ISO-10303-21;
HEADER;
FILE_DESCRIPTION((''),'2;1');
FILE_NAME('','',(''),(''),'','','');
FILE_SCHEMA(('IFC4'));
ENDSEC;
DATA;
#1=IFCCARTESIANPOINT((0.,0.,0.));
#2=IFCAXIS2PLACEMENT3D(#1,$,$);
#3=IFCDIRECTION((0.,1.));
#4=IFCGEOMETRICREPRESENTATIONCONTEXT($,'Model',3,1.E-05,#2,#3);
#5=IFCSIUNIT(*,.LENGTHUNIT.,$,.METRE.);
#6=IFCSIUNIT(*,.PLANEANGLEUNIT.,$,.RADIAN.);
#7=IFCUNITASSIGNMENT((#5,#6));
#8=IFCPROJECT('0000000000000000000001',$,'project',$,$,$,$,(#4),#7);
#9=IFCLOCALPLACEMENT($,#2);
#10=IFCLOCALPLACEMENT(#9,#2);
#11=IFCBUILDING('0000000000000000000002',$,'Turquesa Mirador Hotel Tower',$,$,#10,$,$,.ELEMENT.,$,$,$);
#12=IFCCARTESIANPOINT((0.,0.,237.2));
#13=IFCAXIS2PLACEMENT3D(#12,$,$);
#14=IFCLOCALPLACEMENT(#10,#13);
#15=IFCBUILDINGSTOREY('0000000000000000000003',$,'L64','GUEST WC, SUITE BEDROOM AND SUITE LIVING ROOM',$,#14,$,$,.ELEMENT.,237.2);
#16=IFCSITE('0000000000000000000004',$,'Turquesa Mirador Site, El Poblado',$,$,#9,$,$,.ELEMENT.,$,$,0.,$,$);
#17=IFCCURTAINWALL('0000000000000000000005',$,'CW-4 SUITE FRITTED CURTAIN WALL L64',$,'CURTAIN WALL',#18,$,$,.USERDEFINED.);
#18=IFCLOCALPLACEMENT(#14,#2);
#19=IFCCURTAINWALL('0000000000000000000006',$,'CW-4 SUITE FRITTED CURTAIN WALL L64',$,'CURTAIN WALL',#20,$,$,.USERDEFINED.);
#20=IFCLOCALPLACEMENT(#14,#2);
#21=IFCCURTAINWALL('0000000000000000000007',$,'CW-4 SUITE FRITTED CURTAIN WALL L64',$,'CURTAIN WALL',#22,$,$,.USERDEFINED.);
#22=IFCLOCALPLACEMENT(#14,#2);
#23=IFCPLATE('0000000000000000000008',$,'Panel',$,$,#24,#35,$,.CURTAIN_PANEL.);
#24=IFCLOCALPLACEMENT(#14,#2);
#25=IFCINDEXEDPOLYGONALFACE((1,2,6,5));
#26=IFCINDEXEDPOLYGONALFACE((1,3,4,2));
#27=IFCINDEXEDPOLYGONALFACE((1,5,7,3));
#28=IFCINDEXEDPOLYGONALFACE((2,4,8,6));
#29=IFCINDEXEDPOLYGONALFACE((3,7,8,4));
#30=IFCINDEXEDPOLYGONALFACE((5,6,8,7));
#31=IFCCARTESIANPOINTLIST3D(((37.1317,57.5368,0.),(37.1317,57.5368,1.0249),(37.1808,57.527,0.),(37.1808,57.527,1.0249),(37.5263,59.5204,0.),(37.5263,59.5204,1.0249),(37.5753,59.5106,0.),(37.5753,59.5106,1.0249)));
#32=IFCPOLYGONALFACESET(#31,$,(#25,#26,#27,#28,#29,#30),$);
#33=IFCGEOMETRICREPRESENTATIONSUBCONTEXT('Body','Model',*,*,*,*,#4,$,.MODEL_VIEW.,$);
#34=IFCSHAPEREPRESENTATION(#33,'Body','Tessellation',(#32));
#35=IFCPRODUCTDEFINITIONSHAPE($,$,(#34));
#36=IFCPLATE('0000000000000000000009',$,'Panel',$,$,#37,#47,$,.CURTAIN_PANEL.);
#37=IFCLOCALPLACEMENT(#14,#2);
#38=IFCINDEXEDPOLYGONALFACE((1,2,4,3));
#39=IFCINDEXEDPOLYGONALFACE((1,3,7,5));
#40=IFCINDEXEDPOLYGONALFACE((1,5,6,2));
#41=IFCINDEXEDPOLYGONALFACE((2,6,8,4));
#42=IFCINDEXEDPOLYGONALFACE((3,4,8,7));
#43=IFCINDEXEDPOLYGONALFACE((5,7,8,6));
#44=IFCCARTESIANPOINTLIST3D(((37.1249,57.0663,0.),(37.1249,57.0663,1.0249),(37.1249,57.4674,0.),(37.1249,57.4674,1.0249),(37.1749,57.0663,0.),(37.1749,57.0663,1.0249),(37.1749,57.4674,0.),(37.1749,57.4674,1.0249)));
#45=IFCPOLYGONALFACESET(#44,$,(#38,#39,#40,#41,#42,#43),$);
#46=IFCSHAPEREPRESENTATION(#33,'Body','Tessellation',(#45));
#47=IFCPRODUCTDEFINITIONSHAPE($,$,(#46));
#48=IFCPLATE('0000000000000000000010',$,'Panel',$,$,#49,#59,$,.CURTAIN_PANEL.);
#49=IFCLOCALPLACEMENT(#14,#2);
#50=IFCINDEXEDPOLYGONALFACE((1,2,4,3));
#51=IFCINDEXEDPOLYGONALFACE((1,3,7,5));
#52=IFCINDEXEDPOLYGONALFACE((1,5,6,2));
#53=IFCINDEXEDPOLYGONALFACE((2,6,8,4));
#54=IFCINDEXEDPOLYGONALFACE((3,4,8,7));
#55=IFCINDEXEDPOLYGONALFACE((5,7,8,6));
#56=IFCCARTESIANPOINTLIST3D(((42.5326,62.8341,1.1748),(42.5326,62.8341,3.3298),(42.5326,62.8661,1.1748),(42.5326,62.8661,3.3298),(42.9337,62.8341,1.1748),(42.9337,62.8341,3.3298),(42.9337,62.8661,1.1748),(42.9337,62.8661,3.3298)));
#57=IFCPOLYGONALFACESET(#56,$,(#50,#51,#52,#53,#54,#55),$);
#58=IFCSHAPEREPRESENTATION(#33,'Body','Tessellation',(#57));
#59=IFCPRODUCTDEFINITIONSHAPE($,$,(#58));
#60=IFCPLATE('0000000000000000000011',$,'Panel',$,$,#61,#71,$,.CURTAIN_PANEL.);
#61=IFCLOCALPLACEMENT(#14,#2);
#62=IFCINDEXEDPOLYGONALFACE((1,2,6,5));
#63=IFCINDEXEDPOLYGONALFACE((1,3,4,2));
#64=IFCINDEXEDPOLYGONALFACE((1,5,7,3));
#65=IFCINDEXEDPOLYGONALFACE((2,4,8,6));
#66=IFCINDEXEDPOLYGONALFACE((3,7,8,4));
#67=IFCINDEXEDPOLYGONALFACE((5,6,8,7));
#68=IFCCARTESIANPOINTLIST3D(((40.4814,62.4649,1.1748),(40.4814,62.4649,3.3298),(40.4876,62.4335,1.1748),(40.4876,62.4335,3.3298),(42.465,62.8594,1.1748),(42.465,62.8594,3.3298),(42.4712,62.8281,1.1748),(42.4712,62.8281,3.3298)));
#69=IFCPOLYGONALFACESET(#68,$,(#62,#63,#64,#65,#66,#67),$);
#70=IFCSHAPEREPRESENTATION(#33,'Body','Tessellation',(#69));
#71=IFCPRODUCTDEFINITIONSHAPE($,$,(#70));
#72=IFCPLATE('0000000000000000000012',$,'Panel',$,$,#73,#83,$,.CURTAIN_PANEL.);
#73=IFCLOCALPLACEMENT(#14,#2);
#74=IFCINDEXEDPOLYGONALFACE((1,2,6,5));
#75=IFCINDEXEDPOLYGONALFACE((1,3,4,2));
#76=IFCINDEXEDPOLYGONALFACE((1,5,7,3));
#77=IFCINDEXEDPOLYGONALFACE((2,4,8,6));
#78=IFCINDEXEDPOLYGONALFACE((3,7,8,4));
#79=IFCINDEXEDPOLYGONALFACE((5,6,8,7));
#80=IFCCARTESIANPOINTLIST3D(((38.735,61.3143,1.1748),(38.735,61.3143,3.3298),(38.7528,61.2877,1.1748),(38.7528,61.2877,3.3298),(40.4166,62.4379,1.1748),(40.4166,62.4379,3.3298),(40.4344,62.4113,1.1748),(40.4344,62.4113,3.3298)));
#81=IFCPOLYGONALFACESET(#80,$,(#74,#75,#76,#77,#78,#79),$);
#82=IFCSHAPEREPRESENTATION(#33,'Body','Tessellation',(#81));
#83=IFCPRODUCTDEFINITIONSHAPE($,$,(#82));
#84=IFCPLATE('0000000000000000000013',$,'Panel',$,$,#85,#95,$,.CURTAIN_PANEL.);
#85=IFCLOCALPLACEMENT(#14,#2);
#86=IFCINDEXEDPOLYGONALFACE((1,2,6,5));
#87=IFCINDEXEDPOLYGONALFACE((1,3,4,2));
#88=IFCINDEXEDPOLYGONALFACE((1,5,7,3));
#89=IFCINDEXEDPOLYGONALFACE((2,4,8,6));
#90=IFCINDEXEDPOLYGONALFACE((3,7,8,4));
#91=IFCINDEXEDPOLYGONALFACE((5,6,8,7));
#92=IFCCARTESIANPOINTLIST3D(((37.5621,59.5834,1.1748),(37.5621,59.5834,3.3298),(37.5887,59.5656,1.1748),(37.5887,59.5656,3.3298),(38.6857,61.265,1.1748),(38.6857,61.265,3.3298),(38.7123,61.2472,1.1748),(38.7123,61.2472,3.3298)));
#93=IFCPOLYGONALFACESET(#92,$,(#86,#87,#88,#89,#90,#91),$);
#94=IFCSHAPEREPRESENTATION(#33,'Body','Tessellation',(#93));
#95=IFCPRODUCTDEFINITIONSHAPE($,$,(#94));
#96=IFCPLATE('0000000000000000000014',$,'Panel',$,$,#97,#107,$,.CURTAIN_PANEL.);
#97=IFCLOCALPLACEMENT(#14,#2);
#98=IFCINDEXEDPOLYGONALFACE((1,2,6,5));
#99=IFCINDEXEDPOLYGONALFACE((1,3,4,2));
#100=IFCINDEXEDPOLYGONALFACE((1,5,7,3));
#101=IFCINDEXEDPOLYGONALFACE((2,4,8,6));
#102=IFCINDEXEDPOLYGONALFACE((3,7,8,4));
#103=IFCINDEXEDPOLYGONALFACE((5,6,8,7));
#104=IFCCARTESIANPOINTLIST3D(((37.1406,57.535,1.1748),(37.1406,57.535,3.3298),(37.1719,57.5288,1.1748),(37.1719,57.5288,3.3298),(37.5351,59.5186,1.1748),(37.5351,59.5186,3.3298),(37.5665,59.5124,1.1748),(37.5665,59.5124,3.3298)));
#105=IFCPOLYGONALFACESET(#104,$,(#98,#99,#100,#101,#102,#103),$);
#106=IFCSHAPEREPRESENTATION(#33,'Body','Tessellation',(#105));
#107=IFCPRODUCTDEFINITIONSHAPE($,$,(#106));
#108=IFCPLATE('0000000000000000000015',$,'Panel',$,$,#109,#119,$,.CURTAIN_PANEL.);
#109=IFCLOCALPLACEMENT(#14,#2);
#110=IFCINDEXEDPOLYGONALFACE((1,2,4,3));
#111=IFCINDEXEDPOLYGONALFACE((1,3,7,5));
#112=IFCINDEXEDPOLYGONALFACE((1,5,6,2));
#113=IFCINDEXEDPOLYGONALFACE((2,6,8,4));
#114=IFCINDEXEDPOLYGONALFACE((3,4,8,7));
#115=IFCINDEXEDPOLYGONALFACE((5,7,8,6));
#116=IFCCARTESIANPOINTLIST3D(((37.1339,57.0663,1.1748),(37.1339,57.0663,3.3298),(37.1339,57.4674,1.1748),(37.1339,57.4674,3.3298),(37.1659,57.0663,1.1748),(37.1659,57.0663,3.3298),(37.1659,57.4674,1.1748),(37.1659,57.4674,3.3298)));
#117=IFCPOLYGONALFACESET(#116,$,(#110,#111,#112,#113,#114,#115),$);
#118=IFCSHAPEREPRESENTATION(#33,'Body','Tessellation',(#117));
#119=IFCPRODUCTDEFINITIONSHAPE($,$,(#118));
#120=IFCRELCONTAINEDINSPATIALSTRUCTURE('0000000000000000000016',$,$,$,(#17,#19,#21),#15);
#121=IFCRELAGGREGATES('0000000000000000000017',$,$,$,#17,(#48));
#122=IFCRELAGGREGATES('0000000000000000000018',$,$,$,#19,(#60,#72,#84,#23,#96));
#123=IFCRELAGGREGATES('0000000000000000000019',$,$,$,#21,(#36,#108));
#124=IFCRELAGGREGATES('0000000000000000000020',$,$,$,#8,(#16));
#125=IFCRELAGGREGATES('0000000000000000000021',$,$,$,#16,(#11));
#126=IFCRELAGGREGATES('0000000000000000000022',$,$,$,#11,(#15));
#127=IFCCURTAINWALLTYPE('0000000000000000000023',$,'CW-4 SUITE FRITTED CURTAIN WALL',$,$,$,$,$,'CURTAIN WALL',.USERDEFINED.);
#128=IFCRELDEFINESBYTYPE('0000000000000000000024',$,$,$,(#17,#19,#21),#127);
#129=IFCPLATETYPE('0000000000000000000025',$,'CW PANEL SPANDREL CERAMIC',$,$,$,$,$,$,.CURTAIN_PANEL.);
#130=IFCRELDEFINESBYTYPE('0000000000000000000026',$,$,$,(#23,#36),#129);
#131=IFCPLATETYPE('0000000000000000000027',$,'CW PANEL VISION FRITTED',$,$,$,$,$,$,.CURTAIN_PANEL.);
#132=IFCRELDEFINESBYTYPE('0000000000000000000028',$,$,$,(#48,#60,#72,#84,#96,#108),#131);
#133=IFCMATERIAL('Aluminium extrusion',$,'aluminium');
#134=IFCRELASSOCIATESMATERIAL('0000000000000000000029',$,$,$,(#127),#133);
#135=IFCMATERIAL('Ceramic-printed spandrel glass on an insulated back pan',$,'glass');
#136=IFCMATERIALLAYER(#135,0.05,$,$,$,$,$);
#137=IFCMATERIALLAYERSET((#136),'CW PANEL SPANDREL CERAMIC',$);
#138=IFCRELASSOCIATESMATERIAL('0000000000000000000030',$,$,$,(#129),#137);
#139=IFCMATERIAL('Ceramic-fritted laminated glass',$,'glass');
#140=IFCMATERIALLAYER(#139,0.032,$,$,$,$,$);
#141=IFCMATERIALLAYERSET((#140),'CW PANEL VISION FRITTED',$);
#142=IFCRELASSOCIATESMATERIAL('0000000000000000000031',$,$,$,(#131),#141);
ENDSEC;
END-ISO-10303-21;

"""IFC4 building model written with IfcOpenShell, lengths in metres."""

from ifc_helpers import new_model, si_unit, direction, frame, origin, origin_2d, place, context, subcontext, project, spatial, rectangle, extrude, material, layer, layer_set, type_object, element, aggregate, save


model = new_model("IFC4")

# Units and contexts
model_context = context("Model", 3, precision=1e-05, world=origin(), true_north=direction((0.0, 1.0)))
body_context = subcontext(model_context, "Body", "Model", "MODEL_VIEW")
ifc_project = project(units=[si_unit("LENGTHUNIT", "METRE"), si_unit("PLANEANGLEUNIT", "RADIAN")], contexts=[model_context])

# Site, building, storey
site_placement = place(None, origin())
site = spatial("IfcSite", under=ifc_project, at=site_placement, Name="Turquesa Mirador Site, El Poblado", CompositionType="ELEMENT", RefElevation=0.0)
building_placement = place(site_placement, origin())
building = spatial("IfcBuilding", under=site, at=building_placement, Name="Turquesa Mirador Hotel Tower", CompositionType="ELEMENT")
storey_placement = place(building_placement, frame((0.0, 0.0, 237.2)))
storey = spatial("IfcBuildingStorey", under=building, at=storey_placement, Name="L64", Description="GUEST WC, SUITE BEDROOM AND SUITE LIVING ROOM", CompositionType="ELEMENT", Elevation=237.2)

# Curtain walls
ifc_material_1 = material(Name="Aluminium extrusion", Category="aluminium")
curtain_wall_type = type_object("IfcCurtainWallType", Name="CW-4 SUITE FRITTED CURTAIN WALL", ElementType="CURTAIN WALL", PredefinedType="USERDEFINED", material=ifc_material_1)
curtain_wall_1_placement = place(storey_placement, origin())
curtain_wall_1 = element("IfcCurtainWall", 1, at=curtain_wall_1_placement, inside=storey, type_object=curtain_wall_type, Name="CW-4 SUITE FRITTED CURTAIN WALL L64", ObjectType="CURTAIN WALL", PredefinedType="USERDEFINED")
curtain_wall_2_placement = place(storey_placement, origin())
curtain_wall_2 = element("IfcCurtainWall", 2, at=curtain_wall_2_placement, inside=storey, type_object=curtain_wall_type, Name="CW-4 SUITE FRITTED CURTAIN WALL L64", ObjectType="CURTAIN WALL", PredefinedType="USERDEFINED")
curtain_wall_3_placement = place(storey_placement, origin())
curtain_wall_3 = element("IfcCurtainWall", 3, at=curtain_wall_3_placement, inside=storey, type_object=curtain_wall_type, Name="CW-4 SUITE FRITTED CURTAIN WALL L64", ObjectType="CURTAIN WALL", PredefinedType="USERDEFINED")

# Plates
ifc_material_2 = material(Name="Ceramic-printed spandrel glass on an insulated back pan", Category="glass")
ifc_layer_1 = layer(ifc_material_2, 0.05)
ifc_layer_set_1 = layer_set([ifc_layer_1], Name="CW PANEL SPANDREL CERAMIC")
plate_type_1 = type_object("IfcPlateType", Name="CW PANEL SPANDREL CERAMIC", PredefinedType="CURTAIN_PANEL", material=ifc_layer_set_1)
plate_1_placement = place(storey_placement, frame((37.3535, 58.5237, 0.0), z_axis=(0.0, 0.0, 1.0), x_axis=(-0.195091, -0.980785, 0.0)))
plate_1 = element("IfcPlate", 4, at=plate_1_placement, type_object=plate_type_1, Name="Panel", PredefinedType="CURTAIN_PANEL", context=body_context, shape_type="SweptSolid", body=[
    extrude(rectangle(XDim=2.0225, YDim=0.05, at=origin_2d()), origin(), (0.0, 0.0, 1.0), 1.0249),
])
plate_2_placement = place(storey_placement, frame((37.1499, 57.2668, 0.0), z_axis=(0.0, 0.0, 1.0), x_axis=(0.0, -1.0, 0.0)))
plate_2 = element("IfcPlate", 5, at=plate_2_placement, type_object=plate_type_1, Name="Panel", PredefinedType="CURTAIN_PANEL", context=body_context, shape_type="SweptSolid", body=[
    extrude(rectangle(XDim=0.4011, YDim=0.05, at=origin_2d()), origin(), (0.0, 0.0, 1.0), 1.0249),
])
ifc_material_3 = material(Name="Ceramic-fritted laminated glass", Category="glass")
ifc_layer_2 = layer(ifc_material_3, 0.032)
ifc_layer_set_2 = layer_set([ifc_layer_2], Name="CW PANEL VISION FRITTED")
plate_type_2 = type_object("IfcPlateType", Name="CW PANEL VISION FRITTED", PredefinedType="CURTAIN_PANEL", material=ifc_layer_set_2)
plate_3_placement = place(storey_placement, frame((42.7332, 62.8501, 1.1748), z_axis=(0.0, 0.0, 1.0), x_axis=(-1.0, 0.0, 0.0)))
plate_3 = element("IfcPlate", 6, at=plate_3_placement, type_object=plate_type_2, Name="Panel", PredefinedType="CURTAIN_PANEL", context=body_context, shape_type="SweptSolid", body=[
    extrude(rectangle(XDim=0.4011, YDim=0.032, at=origin_2d()), origin(), (0.0, 0.0, 1.0), 2.155),
])
aggregate(curtain_wall_1, [plate_3])
plate_4_placement = place(storey_placement, frame((41.4763, 62.6465, 1.1748), z_axis=(0.0, 0.0, 1.0), x_axis=(-0.980785, -0.195091, 0.0)))
plate_4 = element("IfcPlate", 7, at=plate_4_placement, type_object=plate_type_2, Name="Panel", PredefinedType="CURTAIN_PANEL", context=body_context, shape_type="SweptSolid", body=[
    extrude(rectangle(XDim=2.0225, YDim=0.032, at=origin_2d()), origin(), (0.0, 0.0, 1.0), 2.155),
])
plate_5_placement = place(storey_placement, frame((39.5847, 61.8628, 1.1748), z_axis=(0.0, 0.0, 1.0), x_axis=(-0.83147, -0.55557, 0.0)))
plate_5 = element("IfcPlate", 8, at=plate_5_placement, type_object=plate_type_2, Name="Panel", PredefinedType="CURTAIN_PANEL", context=body_context, shape_type="SweptSolid", body=[
    extrude(rectangle(XDim=2.0225, YDim=0.032, at=origin_2d()), origin(), (0.0, 0.0, 1.0), 2.155),
])
plate_6_placement = place(storey_placement, frame((38.1372, 60.4153, 1.1748), z_axis=(0.0, 0.0, 1.0), x_axis=(-0.55557, -0.83147, 0.0)))
plate_6 = element("IfcPlate", 9, at=plate_6_placement, type_object=plate_type_2, Name="Panel", PredefinedType="CURTAIN_PANEL", context=body_context, shape_type="SweptSolid", body=[
    extrude(rectangle(XDim=2.0225, YDim=0.032, at=origin_2d()), origin(), (0.0, 0.0, 1.0), 2.155),
])
plate_7_placement = place(storey_placement, frame((37.3535, 58.5237, 1.1748), z_axis=(0.0, 0.0, 1.0), x_axis=(-0.195091, -0.980785, 0.0)))
plate_7 = element("IfcPlate", 10, at=plate_7_placement, type_object=plate_type_2, Name="Panel", PredefinedType="CURTAIN_PANEL", context=body_context, shape_type="SweptSolid", body=[
    extrude(rectangle(XDim=2.0225, YDim=0.032, at=origin_2d()), origin(), (0.0, 0.0, 1.0), 2.155),
])
aggregate(curtain_wall_2, [plate_4, plate_5, plate_6, plate_1, plate_7])
plate_8_placement = place(storey_placement, frame((37.1499, 57.2668, 1.1748), z_axis=(0.0, 0.0, 1.0), x_axis=(0.0, -1.0, 0.0)))
plate_8 = element("IfcPlate", 11, at=plate_8_placement, type_object=plate_type_2, Name="Panel", PredefinedType="CURTAIN_PANEL", context=body_context, shape_type="SweptSolid", body=[
    extrude(rectangle(XDim=0.4011, YDim=0.032, at=origin_2d()), origin(), (0.0, 0.0, 1.0), 2.155),
])
aggregate(curtain_wall_3, [plate_2, plate_8])

save(model, "model.ifc")
